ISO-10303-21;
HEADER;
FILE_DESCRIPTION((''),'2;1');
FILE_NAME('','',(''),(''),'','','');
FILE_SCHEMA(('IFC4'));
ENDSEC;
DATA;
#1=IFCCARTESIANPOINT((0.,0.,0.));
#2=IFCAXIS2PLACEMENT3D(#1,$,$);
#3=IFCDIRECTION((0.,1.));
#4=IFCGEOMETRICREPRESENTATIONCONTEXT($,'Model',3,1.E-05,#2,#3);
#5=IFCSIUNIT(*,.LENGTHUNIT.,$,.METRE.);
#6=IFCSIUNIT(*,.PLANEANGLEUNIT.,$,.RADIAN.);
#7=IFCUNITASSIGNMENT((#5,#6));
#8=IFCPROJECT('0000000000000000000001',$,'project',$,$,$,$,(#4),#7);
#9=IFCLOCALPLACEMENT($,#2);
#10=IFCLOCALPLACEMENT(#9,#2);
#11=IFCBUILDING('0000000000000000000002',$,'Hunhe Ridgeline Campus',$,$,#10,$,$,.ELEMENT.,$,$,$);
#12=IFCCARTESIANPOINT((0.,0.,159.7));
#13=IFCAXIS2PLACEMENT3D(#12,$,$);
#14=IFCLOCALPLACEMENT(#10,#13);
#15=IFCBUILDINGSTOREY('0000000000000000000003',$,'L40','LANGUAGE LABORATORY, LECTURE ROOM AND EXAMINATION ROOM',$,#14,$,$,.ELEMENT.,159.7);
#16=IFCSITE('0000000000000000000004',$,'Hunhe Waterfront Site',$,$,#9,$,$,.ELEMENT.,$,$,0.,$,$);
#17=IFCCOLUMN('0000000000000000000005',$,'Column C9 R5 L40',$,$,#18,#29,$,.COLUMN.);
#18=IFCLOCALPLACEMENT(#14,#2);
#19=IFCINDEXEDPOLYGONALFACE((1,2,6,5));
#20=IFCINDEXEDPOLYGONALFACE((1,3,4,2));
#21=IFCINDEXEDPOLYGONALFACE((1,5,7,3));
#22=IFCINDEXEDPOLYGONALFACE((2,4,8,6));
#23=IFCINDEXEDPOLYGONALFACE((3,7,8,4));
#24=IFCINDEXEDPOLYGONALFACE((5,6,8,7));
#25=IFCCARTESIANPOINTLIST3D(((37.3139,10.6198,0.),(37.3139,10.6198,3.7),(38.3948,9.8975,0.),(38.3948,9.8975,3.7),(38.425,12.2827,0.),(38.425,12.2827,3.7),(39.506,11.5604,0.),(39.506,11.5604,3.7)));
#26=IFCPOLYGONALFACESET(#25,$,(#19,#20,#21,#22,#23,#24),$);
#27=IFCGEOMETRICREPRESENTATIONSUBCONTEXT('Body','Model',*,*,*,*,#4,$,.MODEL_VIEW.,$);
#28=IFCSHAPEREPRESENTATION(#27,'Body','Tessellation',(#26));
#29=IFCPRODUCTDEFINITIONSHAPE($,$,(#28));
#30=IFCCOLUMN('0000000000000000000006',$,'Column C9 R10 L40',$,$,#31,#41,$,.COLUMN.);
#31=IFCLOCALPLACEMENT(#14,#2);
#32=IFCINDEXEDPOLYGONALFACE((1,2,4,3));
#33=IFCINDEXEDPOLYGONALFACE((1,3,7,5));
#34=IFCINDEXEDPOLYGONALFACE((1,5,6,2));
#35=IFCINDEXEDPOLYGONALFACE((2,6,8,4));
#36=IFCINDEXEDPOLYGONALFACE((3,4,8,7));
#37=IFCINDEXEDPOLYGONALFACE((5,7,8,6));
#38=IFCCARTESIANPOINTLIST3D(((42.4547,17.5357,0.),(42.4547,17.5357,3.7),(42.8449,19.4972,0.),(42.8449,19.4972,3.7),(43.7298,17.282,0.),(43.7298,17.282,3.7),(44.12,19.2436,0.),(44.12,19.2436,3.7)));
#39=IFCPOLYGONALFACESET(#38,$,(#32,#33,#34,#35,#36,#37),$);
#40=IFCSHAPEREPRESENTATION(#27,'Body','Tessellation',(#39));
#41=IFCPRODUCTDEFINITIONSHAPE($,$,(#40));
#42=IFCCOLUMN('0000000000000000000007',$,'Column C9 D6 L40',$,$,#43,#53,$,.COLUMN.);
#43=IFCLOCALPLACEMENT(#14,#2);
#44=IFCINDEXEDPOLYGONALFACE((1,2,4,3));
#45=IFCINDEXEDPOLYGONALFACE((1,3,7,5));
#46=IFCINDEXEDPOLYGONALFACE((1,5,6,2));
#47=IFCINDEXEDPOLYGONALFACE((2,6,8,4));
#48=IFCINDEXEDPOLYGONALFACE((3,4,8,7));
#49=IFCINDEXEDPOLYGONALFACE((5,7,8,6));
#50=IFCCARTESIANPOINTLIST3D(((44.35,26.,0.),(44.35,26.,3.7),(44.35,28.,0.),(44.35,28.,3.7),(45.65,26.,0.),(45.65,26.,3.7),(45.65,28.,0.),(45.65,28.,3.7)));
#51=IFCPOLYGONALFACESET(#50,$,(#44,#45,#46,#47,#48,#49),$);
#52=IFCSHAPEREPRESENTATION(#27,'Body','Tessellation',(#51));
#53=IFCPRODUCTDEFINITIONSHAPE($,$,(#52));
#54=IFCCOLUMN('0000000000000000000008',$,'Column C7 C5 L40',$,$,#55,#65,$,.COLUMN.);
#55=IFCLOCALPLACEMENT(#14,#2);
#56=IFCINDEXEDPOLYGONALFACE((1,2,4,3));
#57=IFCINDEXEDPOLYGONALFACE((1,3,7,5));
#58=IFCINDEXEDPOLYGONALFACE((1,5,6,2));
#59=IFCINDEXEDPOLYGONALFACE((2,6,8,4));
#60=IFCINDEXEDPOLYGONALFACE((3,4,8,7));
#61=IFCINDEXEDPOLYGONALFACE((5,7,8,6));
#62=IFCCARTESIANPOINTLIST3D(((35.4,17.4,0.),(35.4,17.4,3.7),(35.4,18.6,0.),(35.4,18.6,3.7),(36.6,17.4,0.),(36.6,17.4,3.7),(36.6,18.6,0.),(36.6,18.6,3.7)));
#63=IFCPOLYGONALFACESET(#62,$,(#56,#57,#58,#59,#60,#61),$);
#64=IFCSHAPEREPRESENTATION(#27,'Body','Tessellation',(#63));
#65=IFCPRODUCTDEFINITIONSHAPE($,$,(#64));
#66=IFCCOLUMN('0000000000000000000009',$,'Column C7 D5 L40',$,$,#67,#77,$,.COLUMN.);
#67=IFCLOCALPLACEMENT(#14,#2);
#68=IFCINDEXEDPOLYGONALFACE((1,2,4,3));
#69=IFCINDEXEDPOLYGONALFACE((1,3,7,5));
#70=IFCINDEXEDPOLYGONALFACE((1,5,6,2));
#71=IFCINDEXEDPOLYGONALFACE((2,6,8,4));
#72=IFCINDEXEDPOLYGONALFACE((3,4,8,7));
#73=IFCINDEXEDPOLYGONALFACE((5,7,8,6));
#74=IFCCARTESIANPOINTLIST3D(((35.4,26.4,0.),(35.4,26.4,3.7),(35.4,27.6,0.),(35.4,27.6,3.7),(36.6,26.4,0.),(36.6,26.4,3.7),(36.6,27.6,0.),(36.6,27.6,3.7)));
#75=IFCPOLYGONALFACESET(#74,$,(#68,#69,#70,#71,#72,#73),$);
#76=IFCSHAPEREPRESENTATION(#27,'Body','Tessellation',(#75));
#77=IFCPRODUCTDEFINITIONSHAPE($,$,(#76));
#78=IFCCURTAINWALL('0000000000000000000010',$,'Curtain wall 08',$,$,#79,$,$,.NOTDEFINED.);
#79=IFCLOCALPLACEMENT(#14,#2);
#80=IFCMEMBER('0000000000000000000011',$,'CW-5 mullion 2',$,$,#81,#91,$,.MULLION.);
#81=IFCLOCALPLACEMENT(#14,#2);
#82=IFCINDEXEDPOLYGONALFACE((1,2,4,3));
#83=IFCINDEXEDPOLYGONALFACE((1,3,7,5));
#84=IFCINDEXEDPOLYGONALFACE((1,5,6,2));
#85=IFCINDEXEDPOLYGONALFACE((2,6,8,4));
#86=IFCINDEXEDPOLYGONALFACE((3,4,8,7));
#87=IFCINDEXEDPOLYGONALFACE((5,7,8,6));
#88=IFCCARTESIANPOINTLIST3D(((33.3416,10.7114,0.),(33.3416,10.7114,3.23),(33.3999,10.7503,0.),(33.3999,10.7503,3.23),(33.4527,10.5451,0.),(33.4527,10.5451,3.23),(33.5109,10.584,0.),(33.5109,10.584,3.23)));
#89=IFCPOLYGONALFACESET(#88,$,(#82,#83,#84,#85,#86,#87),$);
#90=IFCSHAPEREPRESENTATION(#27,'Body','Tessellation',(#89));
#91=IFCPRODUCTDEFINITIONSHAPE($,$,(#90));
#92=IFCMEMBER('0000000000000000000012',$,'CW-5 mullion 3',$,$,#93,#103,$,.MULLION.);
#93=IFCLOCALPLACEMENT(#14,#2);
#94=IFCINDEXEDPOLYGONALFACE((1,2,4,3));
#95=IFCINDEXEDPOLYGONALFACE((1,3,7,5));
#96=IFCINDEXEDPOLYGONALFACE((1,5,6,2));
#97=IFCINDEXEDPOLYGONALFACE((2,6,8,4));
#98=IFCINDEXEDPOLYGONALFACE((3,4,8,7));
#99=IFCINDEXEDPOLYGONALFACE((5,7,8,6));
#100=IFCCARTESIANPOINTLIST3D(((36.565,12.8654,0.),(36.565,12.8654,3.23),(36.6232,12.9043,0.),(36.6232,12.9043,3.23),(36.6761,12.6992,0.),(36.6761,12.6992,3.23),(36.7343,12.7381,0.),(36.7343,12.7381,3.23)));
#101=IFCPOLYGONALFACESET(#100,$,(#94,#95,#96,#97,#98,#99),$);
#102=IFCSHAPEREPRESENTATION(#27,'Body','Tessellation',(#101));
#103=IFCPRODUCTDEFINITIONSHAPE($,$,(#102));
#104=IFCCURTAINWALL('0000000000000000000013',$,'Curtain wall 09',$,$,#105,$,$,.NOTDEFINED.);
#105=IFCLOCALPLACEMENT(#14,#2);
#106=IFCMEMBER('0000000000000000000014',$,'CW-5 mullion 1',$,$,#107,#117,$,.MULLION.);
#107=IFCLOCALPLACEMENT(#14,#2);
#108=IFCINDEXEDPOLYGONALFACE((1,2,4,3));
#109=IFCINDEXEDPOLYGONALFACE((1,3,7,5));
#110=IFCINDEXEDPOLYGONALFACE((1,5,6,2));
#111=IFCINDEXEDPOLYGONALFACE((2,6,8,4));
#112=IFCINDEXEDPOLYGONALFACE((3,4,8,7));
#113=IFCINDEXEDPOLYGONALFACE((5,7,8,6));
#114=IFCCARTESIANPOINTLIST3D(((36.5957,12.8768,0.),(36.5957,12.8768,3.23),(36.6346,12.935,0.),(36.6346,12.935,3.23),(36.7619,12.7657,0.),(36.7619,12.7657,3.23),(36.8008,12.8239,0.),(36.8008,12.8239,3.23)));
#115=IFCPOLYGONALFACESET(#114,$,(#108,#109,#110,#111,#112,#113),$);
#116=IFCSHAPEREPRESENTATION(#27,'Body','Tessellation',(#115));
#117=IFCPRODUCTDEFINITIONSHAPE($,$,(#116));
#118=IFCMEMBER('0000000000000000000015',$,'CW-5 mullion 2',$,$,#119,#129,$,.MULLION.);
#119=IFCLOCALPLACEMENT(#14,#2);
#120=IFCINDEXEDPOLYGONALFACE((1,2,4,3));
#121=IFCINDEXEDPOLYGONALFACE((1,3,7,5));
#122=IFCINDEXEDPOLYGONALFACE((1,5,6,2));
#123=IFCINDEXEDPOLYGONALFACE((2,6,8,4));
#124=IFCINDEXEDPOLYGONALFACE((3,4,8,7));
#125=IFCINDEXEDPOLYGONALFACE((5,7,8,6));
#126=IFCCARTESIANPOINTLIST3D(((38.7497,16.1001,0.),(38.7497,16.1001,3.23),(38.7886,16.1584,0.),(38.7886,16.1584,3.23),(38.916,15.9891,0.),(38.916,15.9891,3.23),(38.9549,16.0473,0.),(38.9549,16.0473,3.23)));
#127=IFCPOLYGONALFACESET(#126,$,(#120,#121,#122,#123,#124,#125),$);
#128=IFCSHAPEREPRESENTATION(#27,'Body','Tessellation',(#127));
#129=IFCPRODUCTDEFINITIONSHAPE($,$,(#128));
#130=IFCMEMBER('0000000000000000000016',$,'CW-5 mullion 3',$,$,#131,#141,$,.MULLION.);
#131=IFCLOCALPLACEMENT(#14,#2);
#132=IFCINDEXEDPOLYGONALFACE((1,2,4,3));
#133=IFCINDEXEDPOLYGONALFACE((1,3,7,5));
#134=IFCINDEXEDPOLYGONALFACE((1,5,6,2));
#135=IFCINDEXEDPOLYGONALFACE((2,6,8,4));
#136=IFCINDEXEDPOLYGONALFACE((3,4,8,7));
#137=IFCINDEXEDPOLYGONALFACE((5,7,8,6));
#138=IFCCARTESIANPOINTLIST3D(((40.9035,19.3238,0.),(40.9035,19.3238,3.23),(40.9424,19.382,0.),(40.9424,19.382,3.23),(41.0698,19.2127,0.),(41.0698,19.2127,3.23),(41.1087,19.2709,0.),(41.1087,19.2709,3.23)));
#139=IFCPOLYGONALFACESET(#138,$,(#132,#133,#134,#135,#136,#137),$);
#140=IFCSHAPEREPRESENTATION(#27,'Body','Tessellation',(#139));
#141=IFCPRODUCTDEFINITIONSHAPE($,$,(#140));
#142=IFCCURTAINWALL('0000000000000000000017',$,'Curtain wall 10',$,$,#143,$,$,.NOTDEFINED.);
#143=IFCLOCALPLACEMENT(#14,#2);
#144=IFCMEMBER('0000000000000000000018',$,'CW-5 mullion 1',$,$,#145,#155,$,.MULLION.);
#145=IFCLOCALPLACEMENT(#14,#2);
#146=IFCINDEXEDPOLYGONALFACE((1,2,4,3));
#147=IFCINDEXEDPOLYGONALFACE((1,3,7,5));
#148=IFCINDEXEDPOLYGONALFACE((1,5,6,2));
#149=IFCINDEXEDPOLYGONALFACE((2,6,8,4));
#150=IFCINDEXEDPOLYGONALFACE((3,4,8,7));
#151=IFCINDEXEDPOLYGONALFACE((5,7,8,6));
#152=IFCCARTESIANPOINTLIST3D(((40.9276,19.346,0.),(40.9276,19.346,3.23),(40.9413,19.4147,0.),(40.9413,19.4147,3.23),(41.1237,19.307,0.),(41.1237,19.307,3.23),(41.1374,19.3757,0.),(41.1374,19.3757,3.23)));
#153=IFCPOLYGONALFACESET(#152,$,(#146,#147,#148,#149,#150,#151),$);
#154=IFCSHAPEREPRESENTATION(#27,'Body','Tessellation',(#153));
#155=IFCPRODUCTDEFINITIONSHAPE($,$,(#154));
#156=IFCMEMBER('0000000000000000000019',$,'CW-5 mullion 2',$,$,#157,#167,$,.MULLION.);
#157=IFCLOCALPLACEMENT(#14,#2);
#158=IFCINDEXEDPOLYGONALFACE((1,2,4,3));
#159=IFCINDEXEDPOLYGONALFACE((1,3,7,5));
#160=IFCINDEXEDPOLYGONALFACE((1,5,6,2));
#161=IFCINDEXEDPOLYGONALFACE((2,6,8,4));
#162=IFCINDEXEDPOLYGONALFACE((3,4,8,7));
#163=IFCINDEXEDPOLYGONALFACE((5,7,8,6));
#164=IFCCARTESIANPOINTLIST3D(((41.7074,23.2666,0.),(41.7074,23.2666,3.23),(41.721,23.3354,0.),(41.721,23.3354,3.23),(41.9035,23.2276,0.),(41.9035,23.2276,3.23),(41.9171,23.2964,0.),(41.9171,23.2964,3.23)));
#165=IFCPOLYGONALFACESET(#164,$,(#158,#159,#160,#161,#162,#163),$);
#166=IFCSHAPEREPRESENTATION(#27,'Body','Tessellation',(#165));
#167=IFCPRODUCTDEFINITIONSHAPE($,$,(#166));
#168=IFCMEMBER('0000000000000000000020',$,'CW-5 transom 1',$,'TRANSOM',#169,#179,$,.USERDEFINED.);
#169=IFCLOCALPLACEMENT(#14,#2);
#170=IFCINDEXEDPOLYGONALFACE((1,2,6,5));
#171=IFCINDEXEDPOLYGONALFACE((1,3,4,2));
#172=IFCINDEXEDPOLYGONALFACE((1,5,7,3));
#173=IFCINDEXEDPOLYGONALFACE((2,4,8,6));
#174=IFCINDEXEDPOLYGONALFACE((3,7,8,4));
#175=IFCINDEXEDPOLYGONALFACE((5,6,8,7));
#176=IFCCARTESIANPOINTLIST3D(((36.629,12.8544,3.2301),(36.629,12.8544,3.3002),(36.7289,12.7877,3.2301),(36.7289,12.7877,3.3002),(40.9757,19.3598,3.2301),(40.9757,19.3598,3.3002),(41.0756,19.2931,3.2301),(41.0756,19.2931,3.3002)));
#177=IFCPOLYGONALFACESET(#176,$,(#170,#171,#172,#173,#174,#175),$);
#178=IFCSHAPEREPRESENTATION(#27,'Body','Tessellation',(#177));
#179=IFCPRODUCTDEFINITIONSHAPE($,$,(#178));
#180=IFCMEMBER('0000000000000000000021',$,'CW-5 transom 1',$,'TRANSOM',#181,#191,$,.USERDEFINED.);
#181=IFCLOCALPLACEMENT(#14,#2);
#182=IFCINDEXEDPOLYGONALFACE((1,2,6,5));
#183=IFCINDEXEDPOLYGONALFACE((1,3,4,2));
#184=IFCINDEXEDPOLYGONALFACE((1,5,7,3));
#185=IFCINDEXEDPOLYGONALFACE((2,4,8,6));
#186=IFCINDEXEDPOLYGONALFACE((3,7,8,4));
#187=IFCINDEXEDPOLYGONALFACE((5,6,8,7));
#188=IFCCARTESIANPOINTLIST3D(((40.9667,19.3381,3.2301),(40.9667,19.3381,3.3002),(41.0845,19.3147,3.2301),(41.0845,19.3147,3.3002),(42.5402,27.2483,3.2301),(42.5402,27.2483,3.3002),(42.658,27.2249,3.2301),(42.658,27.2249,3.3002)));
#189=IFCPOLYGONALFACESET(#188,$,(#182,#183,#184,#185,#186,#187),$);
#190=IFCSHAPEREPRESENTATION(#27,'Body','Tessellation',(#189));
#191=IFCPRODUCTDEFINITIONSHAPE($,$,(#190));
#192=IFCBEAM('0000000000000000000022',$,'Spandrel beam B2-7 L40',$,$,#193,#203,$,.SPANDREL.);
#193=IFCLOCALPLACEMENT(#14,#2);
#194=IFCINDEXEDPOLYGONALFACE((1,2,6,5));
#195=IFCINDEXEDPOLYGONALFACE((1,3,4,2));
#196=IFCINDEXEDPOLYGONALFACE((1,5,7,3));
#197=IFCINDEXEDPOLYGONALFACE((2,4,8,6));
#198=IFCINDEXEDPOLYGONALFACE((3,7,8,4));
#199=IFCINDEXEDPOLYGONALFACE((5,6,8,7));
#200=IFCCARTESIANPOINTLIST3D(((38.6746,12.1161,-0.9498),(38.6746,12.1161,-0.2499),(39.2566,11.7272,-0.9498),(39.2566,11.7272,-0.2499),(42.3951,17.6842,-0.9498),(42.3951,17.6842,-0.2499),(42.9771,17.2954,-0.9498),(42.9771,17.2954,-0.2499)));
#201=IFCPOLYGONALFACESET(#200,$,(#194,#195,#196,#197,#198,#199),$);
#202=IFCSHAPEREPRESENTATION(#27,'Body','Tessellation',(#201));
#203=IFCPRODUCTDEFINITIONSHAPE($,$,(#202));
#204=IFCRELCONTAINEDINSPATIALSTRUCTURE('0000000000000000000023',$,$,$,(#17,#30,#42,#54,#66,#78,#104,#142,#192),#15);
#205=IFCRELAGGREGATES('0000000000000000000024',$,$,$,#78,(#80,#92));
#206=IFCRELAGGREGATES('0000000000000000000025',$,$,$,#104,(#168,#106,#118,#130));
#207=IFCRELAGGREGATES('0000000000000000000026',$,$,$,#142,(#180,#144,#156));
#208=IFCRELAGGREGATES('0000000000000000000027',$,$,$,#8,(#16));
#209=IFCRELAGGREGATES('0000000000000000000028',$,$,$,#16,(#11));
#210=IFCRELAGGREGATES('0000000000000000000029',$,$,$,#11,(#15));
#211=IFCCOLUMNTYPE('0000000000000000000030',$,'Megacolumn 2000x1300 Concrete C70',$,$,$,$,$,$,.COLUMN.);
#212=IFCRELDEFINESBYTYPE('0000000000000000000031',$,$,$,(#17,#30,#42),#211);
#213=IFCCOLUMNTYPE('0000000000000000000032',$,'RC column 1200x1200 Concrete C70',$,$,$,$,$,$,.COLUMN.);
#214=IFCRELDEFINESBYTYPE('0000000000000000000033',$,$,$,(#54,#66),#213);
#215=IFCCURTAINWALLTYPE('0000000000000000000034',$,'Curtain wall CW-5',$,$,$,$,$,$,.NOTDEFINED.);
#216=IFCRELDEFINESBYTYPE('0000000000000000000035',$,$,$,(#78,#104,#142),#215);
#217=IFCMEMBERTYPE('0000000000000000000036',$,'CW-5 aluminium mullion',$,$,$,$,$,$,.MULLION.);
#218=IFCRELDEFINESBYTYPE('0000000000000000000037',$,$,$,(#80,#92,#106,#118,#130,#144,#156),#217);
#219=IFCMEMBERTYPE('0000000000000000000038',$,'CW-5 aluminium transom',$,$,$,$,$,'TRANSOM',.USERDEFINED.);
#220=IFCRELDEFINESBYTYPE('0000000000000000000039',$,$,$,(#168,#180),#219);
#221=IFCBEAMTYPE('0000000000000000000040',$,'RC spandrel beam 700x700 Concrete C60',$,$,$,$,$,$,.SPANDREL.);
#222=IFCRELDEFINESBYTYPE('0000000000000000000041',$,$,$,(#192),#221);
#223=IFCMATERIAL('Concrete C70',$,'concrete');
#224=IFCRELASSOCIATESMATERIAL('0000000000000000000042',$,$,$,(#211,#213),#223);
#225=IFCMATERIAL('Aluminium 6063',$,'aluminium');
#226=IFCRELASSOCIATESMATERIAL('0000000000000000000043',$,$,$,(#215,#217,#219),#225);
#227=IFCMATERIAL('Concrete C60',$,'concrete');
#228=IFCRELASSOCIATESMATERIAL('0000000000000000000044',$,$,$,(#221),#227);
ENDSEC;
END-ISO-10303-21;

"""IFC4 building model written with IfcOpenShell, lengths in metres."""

from ifc_helpers import new_model, si_unit, direction, frame, origin, origin_2d, place, context, subcontext, project, spatial, rectangle, extrude, material, material_profile, profile_set, type_object, element, aggregate, save


model = new_model("IFC4")

# Units and contexts
model_context = context("Model", 3, precision=1e-05, world=origin(), true_north=direction((0.0, 1.0)))
body_context = subcontext(model_context, "Body", "Model", "MODEL_VIEW")
ifc_project = project(units=[si_unit("LENGTHUNIT", "METRE"), si_unit("PLANEANGLEUNIT", "RADIAN")], contexts=[model_context])

# Site, building, storey
site_placement = place(None, origin())
site = spatial("IfcSite", under=ifc_project, at=site_placement, Name="Hunhe Waterfront Site", CompositionType="ELEMENT", RefElevation=0.0)
building_placement = place(site_placement, origin())
building = spatial("IfcBuilding", under=site, at=building_placement, Name="Hunhe Ridgeline Campus", CompositionType="ELEMENT")
storey_placement = place(building_placement, frame((0.0, 0.0, 159.7)))
storey = spatial("IfcBuildingStorey", under=building, at=storey_placement, Name="L40", Description="LANGUAGE LABORATORY, LECTURE ROOM AND EXAMINATION ROOM", CompositionType="ELEMENT", Elevation=159.7)

# Columns
ifc_material_1 = material(Name="Concrete C70", Category="concrete")
ifc_material_profile_1 = material_profile(ifc_material_1, rectangle(XDim=2.0, YDim=1.3, at=origin_2d()))
ifc_profile_set_1 = profile_set([ifc_material_profile_1], Name="Concrete C70")
column_type_1 = type_object("IfcColumnType", Name="Megacolumn 2000x1300 Concrete C70", PredefinedType="COLUMN", material=ifc_profile_set_1)
for number, where, z_axis, x_axis, name in (
    (1, (38.4099, 11.0901, 0.0), (0.0, 0.0, 1.0), (0.55557, 0.83147, 0.0), "Column C9 R5 L40"),
    (2, (43.2874, 18.3896, 0.0), (0.0, 0.0, 1.0), (0.19509, 0.980785, 0.0), "Column C9 R10 L40"),
    (3, (45.0, 27.0, 0.0), (0.0, 0.0, 1.0), (0.0, 1.0, 0.0), "Column C9 D6 L40"),
):
    element("IfcColumn", number, at=place(storey_placement, frame(where, z_axis=z_axis, x_axis=x_axis)), inside=storey, type_object=column_type_1, Name=name, PredefinedType="COLUMN", context=body_context, shape_type="SweptSolid", body=[
        extrude(rectangle(XDim=2.0, YDim=1.3, at=origin_2d()), origin(), (0.0, 0.0, 1.0), 3.7),
    ])
ifc_material_profile_2 = material_profile(ifc_material_1, rectangle(XDim=1.2, YDim=1.2, at=origin_2d()))
ifc_profile_set_2 = profile_set([ifc_material_profile_2], Name="Concrete C70")
column_type_2 = type_object("IfcColumnType", Name="RC column 1200x1200 Concrete C70", PredefinedType="COLUMN", material=ifc_profile_set_2)
for number, where, z_axis, x_axis, name in (
    (4, (36.0, 18.0, 0.0), (0.0, 0.0, 1.0), (1.0, 0.0, 0.0), "Column C7 C5 L40"),
    (5, (36.0, 27.0, 0.0), (0.0, 0.0, 1.0), (1.0, 0.0, 0.0), "Column C7 D5 L40"),
):
    element("IfcColumn", number, at=place(storey_placement, frame(where, z_axis=z_axis, x_axis=x_axis)), inside=storey, type_object=column_type_2, Name=name, PredefinedType="COLUMN", context=body_context, shape_type="SweptSolid", body=[
        extrude(rectangle(XDim=1.2, YDim=1.2, at=origin_2d()), origin(), (0.0, 0.0, 1.0), 3.7),
    ])

# Curtain walls, members
ifc_material_2 = material(Name="Aluminium 6063", Category="aluminium")
curtain_wall_type = type_object("IfcCurtainWallType", Name="Curtain wall CW-5", PredefinedType="NOTDEFINED", material=ifc_material_2)
curtain_wall_1_placement = place(storey_placement, origin())
curtain_wall_1 = element("IfcCurtainWall", 6, at=curtain_wall_1_placement, inside=storey, type_object=curtain_wall_type, Name="Curtain wall 08", PredefinedType="NOTDEFINED")
ifc_material_profile_3 = material_profile(ifc_material_2, rectangle(XDim=0.2, YDim=0.0701, at=origin_2d()))
ifc_profile_set_3 = profile_set([ifc_material_profile_3], Name="Aluminium 6063")
member_type_1 = type_object("IfcMemberType", Name="CW-5 aluminium mullion", PredefinedType="MULLION", material=ifc_profile_set_3)
member_1_placement = place(storey_placement, frame((33.4263, 10.6477, 0.0), z_axis=(0.0, 0.0, 1.0), x_axis=(-0.55557, 0.83147, 0.0)))
member_1 = element("IfcMember", 7, at=member_1_placement, type_object=member_type_1, Name="CW-5 mullion 2", PredefinedType="MULLION", context=body_context, shape_type="SweptSolid", body=[
    extrude(rectangle(XDim=0.2, YDim=0.0701, at=origin_2d()), origin(), (0.0, 0.0, 1.0), 3.23),
])
member_2_placement = place(storey_placement, frame((36.6497, 12.8018, 0.0), z_axis=(0.0, 0.0, 1.0), x_axis=(-0.55557, 0.83147, 0.0)))
member_2 = element("IfcMember", 8, at=member_2_placement, type_object=member_type_1, Name="CW-5 mullion 3", PredefinedType="MULLION", context=body_context, shape_type="SweptSolid", body=[
    extrude(rectangle(XDim=0.2, YDim=0.0701, at=origin_2d()), origin(), (0.0, 0.0, 1.0), 3.23),
])
curtain_wall_2_placement = place(storey_placement, origin())
curtain_wall_2 = element("IfcCurtainWall", 9, at=curtain_wall_2_placement, inside=storey, type_object=curtain_wall_type, Name="Curtain wall 09", PredefinedType="NOTDEFINED")
member_3_placement = place(storey_placement, frame((36.6982, 12.8503, 0.0), z_axis=(0.0, 0.0, 1.0), x_axis=(-0.83147, 0.55557, 0.0)))
member_3 = element("IfcMember", 10, at=member_3_placement, type_object=member_type_1, Name="CW-5 mullion 1", PredefinedType="MULLION", context=body_context, shape_type="SweptSolid", body=[
    extrude(rectangle(XDim=0.2, YDim=0.0701, at=origin_2d()), origin(), (0.0, 0.0, 1.0), 3.23),
])
member_4_placement = place(storey_placement, frame((38.8523, 16.0737, 0.0), z_axis=(0.0, 0.0, 1.0), x_axis=(-0.83147, 0.55557, 0.0)))
member_4 = element("IfcMember", 11, at=member_4_placement, type_object=member_type_1, Name="CW-5 mullion 2", PredefinedType="MULLION", context=body_context, shape_type="SweptSolid", body=[
    extrude(rectangle(XDim=0.2, YDim=0.0701, at=origin_2d()), origin(), (0.0, 0.0, 1.0), 3.23),
])
member_5_placement = place(storey_placement, frame((41.0061, 19.2974, 0.0), z_axis=(0.0, 0.0, 1.0), x_axis=(-0.83147, 0.55557, 0.0)))
member_5 = element("IfcMember", 12, at=member_5_placement, type_object=member_type_1, Name="CW-5 mullion 3", PredefinedType="MULLION", context=body_context, shape_type="SweptSolid", body=[
    extrude(rectangle(XDim=0.2, YDim=0.0701, at=origin_2d()), origin(), (0.0, 0.0, 1.0), 3.23),
])
curtain_wall_3_placement = place(storey_placement, origin())
curtain_wall_3 = element("IfcCurtainWall", 13, at=curtain_wall_3_placement, inside=storey, type_object=curtain_wall_type, Name="Curtain wall 10", PredefinedType="NOTDEFINED")
member_6_placement = place(storey_placement, frame((41.0325, 19.3608, 0.0), z_axis=(0.0, 0.0, 1.0), x_axis=(-0.980785, 0.19509, 0.0)))
member_6 = element("IfcMember", 14, at=member_6_placement, type_object=member_type_1, Name="CW-5 mullion 1", PredefinedType="MULLION", context=body_context, shape_type="SweptSolid", body=[
    extrude(rectangle(XDim=0.2, YDim=0.0701, at=origin_2d()), origin(), (0.0, 0.0, 1.0), 3.23),
])
member_7_placement = place(storey_placement, frame((41.8123, 23.2815, 0.0), z_axis=(0.0, 0.0, 1.0), x_axis=(-0.980785, 0.19509, 0.0)))
member_7 = element("IfcMember", 15, at=member_7_placement, type_object=member_type_1, Name="CW-5 mullion 2", PredefinedType="MULLION", context=body_context, shape_type="SweptSolid", body=[
    extrude(rectangle(XDim=0.2, YDim=0.0701, at=origin_2d()), origin(), (0.0, 0.0, 1.0), 3.23),
])

# Members
ifc_material_profile_4 = material_profile(ifc_material_2, rectangle(XDim=0.1201, YDim=0.0701, at=origin_2d()))
ifc_profile_set_4 = profile_set([ifc_material_profile_4], Name="Aluminium 6063")
member_type_2 = type_object("IfcMemberType", Name="CW-5 aluminium transom", ElementType="TRANSOM", PredefinedType="USERDEFINED", material=ifc_profile_set_4)
member_8_placement = place(storey_placement, frame((36.679, 12.821, 3.2651), z_axis=(0.555564, 0.831474, 0.0), x_axis=(-0.831474, 0.555564, 0.0)))
member_8 = element("IfcMember", 16, at=member_8_placement, type_object=member_type_2, Name="CW-5 transom 1", ObjectType="TRANSOM", PredefinedType="USERDEFINED", context=body_context, shape_type="SweptSolid", body=[
    extrude(rectangle(XDim=0.1201, YDim=0.0701, at=origin_2d()), origin(), (0.0, 0.0, 1.0), 7.824),
])
member_9_placement = place(storey_placement, frame((41.0256, 19.3264, 3.2651), z_axis=(0.195097, 0.980784, 0.0), x_axis=(-0.980784, 0.195097, 0.0)))
member_9 = element("IfcMember", 17, at=member_9_placement, type_object=member_type_2, Name="CW-5 transom 1", ObjectType="TRANSOM", PredefinedType="USERDEFINED", context=body_context, shape_type="SweptSolid", body=[
    extrude(rectangle(XDim=0.1201, YDim=0.0701, at=origin_2d()), origin(), (0.0, 0.0, 1.0), 8.0652),
])

# Beam
ifc_material_3 = material(Name="Concrete C60", Category="concrete")
ifc_material_profile_5 = material_profile(ifc_material_3, rectangle(XDim=0.7, YDim=0.7, at=origin_2d()))
ifc_profile_set_5 = profile_set([ifc_material_profile_5], Name="Concrete C60")
beam_type = type_object("IfcBeamType", Name="RC spandrel beam 700x700 Concrete C60", PredefinedType="SPANDREL", material=ifc_profile_set_5)
beam_1_placement = place(storey_placement, frame((38.9656, 11.9216, -0.5999), z_axis=(0.555566, 0.831472, 0.0), x_axis=(-0.831472, 0.555566, 0.0)))
element("IfcBeam", 18, at=beam_1_placement, inside=storey, type_object=beam_type, Name="Spandrel beam B2-7 L40", PredefinedType="SPANDREL", context=body_context, shape_type="SweptSolid", body=[
    extrude(rectangle(XDim=0.7, YDim=0.7, at=origin_2d()), origin(), (0.0, 0.0, 1.0), 6.6968),
])

aggregate(curtain_wall_1, [member_1, member_2])
aggregate(curtain_wall_2, [member_8, member_3, member_4, member_5])
aggregate(curtain_wall_3, [member_9, member_6, member_7])

save(model, "model.ifc")
